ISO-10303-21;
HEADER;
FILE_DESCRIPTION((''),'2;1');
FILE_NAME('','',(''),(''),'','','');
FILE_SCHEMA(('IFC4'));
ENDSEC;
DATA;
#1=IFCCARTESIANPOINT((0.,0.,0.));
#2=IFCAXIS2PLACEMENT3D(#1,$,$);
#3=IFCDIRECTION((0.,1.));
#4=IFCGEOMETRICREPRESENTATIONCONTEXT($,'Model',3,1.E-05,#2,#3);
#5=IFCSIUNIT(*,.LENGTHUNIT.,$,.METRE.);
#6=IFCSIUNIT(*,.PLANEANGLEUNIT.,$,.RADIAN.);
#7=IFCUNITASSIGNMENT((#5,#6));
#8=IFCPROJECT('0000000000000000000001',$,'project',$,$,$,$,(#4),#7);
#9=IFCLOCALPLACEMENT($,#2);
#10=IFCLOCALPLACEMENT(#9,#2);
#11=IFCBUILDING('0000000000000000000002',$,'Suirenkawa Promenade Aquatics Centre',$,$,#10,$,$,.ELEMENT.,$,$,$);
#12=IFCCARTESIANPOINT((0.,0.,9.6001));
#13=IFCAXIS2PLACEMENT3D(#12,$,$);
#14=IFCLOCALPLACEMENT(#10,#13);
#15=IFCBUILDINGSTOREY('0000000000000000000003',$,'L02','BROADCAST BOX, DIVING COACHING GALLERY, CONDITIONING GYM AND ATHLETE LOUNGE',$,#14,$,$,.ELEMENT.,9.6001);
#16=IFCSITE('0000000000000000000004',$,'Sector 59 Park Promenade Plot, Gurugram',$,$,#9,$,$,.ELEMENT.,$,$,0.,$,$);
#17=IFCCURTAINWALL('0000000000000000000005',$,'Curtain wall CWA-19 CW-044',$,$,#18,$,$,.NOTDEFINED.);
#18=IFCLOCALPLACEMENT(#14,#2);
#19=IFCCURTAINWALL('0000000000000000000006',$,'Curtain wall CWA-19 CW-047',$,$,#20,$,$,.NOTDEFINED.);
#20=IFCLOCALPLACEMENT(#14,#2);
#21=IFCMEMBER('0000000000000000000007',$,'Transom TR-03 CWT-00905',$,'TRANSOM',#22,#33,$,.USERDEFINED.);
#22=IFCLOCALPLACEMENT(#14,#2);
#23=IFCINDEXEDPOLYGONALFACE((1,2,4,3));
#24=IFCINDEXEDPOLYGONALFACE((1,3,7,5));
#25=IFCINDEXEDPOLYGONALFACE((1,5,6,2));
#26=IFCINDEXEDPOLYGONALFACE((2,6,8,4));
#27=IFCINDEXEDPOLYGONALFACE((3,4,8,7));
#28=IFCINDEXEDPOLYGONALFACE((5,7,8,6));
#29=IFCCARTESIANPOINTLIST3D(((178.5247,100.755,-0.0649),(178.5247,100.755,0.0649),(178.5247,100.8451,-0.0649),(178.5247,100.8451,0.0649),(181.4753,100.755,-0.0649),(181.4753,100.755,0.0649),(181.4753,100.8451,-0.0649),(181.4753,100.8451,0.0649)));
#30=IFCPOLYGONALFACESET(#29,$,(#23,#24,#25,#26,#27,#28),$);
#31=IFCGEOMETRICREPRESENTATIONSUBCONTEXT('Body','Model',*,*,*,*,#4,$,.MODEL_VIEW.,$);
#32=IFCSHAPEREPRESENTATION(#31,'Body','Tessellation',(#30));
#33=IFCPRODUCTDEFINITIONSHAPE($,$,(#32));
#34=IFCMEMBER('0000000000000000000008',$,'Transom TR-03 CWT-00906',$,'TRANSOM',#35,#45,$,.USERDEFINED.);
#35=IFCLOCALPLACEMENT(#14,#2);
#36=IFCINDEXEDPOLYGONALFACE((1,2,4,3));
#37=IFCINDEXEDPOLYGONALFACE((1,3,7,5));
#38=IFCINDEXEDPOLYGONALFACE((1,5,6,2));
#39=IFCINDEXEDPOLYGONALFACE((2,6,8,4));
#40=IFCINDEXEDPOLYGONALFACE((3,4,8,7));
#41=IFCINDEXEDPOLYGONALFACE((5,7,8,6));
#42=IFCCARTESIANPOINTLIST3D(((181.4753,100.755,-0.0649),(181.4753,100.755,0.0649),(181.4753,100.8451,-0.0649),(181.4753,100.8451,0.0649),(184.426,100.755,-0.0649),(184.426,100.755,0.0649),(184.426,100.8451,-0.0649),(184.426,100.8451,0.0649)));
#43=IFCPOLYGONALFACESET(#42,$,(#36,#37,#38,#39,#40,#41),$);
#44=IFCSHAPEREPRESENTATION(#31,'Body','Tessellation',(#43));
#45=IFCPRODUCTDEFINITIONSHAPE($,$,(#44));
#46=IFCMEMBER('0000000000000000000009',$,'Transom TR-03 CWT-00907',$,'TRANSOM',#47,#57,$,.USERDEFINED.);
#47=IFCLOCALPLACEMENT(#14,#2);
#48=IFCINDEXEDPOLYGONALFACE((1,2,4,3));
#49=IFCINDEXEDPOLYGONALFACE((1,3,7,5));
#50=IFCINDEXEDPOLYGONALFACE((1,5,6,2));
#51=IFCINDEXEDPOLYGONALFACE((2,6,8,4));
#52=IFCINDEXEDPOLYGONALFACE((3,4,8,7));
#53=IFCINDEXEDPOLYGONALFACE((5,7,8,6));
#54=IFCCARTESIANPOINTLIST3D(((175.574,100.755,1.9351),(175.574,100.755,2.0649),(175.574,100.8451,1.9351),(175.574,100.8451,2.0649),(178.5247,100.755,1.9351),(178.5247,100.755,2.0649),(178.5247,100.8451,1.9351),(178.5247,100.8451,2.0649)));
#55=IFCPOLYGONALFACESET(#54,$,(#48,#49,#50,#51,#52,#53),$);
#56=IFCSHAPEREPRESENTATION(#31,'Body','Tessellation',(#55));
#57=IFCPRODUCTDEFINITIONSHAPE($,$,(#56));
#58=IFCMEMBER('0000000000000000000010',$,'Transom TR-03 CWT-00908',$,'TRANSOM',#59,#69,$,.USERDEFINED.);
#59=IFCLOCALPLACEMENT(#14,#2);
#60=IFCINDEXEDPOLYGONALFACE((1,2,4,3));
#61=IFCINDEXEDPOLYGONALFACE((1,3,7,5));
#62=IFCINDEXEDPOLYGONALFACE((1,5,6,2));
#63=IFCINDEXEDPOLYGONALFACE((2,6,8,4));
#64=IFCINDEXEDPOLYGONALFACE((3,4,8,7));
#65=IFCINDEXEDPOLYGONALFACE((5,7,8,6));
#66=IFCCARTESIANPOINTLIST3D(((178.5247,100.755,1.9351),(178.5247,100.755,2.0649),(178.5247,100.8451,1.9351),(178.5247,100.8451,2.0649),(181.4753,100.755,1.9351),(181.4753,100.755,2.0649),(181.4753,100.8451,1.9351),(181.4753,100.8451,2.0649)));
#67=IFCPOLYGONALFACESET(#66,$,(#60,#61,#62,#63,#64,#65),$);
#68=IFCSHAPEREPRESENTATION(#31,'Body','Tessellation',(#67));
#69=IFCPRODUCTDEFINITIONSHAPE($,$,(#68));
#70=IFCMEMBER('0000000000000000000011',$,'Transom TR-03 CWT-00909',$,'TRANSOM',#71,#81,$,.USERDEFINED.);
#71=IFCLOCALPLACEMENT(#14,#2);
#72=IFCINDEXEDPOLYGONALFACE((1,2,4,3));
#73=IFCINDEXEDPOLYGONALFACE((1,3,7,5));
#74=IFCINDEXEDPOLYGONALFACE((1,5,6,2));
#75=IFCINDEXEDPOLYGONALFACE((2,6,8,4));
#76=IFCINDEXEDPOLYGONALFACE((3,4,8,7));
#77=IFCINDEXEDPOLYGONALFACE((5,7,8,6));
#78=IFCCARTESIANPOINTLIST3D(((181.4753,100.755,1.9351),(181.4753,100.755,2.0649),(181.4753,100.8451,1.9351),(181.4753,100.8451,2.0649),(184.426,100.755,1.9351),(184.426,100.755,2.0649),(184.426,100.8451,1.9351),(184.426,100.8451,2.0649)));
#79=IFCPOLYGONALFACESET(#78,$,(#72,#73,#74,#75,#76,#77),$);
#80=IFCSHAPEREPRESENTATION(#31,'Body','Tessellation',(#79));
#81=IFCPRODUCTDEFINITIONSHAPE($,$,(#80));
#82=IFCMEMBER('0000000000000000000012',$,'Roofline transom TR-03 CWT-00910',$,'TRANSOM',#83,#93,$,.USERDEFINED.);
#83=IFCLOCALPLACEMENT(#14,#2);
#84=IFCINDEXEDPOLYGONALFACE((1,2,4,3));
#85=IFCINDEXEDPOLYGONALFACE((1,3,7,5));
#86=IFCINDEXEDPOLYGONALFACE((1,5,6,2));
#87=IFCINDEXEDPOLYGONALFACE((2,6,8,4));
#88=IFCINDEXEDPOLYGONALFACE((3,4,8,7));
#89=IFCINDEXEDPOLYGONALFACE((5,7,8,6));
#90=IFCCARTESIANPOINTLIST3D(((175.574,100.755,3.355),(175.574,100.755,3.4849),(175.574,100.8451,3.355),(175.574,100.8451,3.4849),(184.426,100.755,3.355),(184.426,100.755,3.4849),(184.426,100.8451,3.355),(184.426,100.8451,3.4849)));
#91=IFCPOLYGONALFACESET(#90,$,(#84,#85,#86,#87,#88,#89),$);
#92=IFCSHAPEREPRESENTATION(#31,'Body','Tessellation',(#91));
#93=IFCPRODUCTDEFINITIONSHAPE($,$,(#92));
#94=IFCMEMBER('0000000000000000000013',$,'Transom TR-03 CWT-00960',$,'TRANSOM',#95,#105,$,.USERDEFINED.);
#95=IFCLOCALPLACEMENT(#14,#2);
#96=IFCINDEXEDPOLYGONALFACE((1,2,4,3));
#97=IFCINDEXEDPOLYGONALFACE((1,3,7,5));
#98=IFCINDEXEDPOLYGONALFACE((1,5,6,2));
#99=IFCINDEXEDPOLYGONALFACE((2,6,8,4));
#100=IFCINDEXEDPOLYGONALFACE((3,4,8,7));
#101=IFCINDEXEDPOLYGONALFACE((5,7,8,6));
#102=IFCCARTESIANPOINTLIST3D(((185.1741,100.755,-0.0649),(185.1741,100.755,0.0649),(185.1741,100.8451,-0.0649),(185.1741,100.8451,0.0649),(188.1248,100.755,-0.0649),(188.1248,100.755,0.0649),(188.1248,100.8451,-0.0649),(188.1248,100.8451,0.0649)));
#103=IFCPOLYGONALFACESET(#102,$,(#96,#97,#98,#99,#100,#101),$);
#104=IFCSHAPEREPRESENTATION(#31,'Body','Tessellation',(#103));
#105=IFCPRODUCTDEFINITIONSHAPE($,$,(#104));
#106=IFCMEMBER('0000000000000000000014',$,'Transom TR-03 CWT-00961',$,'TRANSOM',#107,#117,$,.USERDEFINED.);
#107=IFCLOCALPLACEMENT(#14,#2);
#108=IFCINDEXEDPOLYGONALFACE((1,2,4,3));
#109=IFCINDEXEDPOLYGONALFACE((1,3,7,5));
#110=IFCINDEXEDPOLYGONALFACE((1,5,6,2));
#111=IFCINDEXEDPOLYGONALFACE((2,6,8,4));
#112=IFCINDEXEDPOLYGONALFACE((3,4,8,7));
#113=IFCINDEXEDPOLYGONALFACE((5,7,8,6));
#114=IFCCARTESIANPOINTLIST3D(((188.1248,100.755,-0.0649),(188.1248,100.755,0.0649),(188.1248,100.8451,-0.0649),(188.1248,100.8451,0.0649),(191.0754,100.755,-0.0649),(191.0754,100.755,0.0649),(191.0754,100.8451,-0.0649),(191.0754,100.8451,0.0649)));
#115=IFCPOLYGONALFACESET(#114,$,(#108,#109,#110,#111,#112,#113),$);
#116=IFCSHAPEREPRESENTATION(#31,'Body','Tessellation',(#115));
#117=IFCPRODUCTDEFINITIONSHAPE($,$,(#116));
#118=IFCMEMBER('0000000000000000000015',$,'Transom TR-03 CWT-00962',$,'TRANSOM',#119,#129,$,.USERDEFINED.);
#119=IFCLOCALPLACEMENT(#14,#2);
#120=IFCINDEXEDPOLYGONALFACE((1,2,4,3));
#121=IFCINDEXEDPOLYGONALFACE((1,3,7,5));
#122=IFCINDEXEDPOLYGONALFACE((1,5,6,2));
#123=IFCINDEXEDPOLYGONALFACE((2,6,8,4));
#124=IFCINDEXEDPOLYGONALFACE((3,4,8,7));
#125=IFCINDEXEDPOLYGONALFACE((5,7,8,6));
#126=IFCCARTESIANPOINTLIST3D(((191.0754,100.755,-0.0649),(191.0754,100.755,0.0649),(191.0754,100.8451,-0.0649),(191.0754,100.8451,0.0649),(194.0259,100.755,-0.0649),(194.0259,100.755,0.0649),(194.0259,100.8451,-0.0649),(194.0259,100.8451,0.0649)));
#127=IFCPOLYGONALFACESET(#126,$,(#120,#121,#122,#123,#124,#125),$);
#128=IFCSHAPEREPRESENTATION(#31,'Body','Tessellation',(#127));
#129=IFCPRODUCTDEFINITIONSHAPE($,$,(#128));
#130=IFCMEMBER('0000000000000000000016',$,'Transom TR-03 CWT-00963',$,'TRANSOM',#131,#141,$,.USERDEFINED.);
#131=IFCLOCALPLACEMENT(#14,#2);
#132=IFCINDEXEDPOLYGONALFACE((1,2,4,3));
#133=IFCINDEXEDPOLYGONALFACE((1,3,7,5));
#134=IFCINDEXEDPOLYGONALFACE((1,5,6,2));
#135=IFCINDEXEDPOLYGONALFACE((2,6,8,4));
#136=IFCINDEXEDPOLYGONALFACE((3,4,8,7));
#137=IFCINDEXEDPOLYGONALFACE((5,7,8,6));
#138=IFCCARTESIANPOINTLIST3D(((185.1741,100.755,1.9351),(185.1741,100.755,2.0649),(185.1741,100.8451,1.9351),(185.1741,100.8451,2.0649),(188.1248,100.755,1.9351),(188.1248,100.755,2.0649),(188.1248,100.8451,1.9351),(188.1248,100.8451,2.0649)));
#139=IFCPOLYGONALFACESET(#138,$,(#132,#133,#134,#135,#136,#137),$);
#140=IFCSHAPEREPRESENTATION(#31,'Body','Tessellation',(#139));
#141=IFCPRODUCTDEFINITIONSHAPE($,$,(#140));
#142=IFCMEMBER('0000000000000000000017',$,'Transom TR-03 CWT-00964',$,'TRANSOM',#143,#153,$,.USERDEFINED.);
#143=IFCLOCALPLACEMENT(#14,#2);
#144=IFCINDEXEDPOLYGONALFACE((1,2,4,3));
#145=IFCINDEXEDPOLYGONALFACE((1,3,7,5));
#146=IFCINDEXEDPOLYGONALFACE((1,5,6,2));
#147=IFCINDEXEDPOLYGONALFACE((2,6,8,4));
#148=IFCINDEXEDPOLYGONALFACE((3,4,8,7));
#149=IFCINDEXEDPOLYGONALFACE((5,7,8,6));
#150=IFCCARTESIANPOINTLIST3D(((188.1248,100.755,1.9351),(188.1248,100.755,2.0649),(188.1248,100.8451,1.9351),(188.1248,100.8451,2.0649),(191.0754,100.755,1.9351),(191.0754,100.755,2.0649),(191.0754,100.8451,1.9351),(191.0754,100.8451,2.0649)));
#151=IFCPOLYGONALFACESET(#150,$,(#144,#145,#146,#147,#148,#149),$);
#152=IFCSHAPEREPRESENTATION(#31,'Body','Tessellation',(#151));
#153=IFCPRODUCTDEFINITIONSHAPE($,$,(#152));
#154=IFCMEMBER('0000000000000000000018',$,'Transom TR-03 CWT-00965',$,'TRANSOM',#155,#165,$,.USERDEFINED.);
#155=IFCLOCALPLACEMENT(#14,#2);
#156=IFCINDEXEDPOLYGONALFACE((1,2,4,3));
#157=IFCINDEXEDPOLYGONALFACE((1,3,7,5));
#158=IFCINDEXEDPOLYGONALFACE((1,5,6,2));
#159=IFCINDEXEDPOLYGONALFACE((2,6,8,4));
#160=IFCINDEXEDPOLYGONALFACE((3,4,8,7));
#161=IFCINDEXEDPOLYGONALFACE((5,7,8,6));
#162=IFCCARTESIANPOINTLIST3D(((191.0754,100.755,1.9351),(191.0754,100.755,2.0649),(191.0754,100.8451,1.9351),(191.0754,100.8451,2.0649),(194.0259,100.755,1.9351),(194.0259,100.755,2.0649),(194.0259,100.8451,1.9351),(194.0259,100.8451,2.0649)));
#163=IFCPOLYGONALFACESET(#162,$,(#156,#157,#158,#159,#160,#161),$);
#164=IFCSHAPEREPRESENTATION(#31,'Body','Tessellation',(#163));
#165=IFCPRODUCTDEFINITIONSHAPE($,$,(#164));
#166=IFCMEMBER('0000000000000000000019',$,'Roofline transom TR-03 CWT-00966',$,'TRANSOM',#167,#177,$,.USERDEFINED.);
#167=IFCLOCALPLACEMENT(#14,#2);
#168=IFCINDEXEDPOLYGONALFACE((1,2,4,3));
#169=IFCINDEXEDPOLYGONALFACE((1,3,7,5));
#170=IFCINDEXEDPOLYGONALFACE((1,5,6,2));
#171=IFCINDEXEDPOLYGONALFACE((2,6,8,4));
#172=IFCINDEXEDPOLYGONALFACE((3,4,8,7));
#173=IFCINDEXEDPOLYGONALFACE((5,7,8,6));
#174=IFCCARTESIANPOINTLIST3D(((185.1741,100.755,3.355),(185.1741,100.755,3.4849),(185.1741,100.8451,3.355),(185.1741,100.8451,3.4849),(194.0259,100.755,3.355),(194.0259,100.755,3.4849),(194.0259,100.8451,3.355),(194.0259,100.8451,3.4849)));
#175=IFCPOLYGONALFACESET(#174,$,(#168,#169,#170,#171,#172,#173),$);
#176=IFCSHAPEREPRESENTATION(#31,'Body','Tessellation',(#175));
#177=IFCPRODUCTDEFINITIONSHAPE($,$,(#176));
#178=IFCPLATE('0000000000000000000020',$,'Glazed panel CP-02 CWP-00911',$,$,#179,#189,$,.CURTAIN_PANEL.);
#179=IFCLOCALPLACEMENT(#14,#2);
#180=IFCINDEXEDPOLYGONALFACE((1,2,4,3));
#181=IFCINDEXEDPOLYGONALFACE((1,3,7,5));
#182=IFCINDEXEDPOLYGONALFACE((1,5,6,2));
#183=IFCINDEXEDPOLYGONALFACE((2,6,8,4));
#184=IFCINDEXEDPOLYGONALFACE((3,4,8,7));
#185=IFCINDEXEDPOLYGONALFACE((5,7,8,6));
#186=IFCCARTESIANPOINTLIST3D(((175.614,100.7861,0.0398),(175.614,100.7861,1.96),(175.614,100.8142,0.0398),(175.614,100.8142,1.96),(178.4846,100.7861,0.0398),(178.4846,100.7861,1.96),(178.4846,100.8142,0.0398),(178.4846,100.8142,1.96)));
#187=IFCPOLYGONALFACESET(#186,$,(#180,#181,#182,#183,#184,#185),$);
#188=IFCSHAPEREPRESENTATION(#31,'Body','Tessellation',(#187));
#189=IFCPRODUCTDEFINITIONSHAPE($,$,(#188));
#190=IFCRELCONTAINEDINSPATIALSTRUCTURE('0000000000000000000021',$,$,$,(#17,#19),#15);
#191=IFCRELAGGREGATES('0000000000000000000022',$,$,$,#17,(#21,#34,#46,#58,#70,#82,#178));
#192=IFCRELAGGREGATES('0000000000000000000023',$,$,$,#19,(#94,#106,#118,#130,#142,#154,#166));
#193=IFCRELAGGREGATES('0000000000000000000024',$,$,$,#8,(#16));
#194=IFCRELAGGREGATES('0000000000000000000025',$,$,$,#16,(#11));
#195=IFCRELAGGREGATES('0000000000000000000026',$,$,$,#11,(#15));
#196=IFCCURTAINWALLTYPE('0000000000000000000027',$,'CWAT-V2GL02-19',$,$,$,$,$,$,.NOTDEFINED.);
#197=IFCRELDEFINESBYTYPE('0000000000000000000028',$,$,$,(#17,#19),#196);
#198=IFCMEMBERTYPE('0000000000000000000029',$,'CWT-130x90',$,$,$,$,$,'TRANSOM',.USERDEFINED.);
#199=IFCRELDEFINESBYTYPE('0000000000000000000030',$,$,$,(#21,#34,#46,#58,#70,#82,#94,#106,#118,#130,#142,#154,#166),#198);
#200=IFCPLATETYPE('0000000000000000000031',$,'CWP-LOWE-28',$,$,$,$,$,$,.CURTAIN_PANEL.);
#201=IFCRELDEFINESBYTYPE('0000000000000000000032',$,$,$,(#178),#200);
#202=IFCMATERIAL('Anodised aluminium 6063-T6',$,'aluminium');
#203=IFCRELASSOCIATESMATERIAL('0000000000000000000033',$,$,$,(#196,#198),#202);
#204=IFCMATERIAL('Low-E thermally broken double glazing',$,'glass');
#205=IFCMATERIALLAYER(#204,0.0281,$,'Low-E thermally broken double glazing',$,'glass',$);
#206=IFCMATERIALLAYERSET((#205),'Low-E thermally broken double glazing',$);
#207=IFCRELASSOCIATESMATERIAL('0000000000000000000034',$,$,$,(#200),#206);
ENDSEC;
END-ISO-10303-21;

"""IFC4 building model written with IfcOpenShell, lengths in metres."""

from ifc_helpers import new_model, si_unit, direction, frame, origin, origin_2d, place, context, subcontext, project, spatial, polyline, rectangle, outline, extrude, material, layer, layer_set, material_profile, profile_set, type_object, element, aggregate, save


model = new_model("IFC4")

# Units and contexts
model_context = context("Model", 3, precision=1e-05, world=origin(), true_north=direction((0.0, 1.0)))
body_context = subcontext(model_context, "Body", "Model", "MODEL_VIEW")
ifc_project = project(units=[si_unit("LENGTHUNIT", "METRE"), si_unit("PLANEANGLEUNIT", "RADIAN")], contexts=[model_context])

# Site, building, storey
site_placement = place(None, origin())
site = spatial("IfcSite", under=ifc_project, at=site_placement, Name="Sector 59 Park Promenade Plot, Gurugram", CompositionType="ELEMENT", RefElevation=0.0)
building_placement = place(site_placement, origin())
building = spatial("IfcBuilding", under=site, at=building_placement, Name="Suirenkawa Promenade Aquatics Centre", CompositionType="ELEMENT")
storey_placement = place(building_placement, frame((0.0, 0.0, 9.6001)))
storey = spatial("IfcBuildingStorey", under=building, at=storey_placement, Name="L02", Description="BROADCAST BOX, DIVING COACHING GALLERY, CONDITIONING GYM AND ATHLETE LOUNGE", CompositionType="ELEMENT", Elevation=9.6001)

# Curtain walls
ifc_material_1 = material(Name="Anodised aluminium 6063-T6", Category="aluminium")
curtain_wall_type = type_object("IfcCurtainWallType", Name="CWAT-V2GL02-19", PredefinedType="NOTDEFINED", material=ifc_material_1)
curtain_wall_1_placement = place(storey_placement, origin())
curtain_wall_1 = element("IfcCurtainWall", 1, at=curtain_wall_1_placement, inside=storey, type_object=curtain_wall_type, Name="Curtain wall CWA-19 CW-044", PredefinedType="NOTDEFINED")
curtain_wall_2_placement = place(storey_placement, origin())
curtain_wall_2 = element("IfcCurtainWall", 2, at=curtain_wall_2_placement, inside=storey, type_object=curtain_wall_type, Name="Curtain wall CWA-19 CW-047", PredefinedType="NOTDEFINED")

# Members
ifc_material_profile_1 = material_profile(ifc_material_1, rectangle(XDim=0.0901, YDim=0.1299, at=origin_2d()), Name="ALU TRAN 90x130", Category="aluminium")
ifc_profile_set_1 = profile_set([ifc_material_profile_1], Name="Anodised aluminium 6063-T6")
member_type_1 = type_object("IfcMemberType", Name="CWT-130x90", ElementType="TRANSOM", PredefinedType="USERDEFINED", material=ifc_profile_set_1)
member_1_placement = place(storey_placement, frame((178.5247, 100.8, 0.0), z_axis=(1.0, 0.0, 0.0), x_axis=(0.0, 1.0, 0.0)))
member_1 = element("IfcMember", 3, at=member_1_placement, type_object=member_type_1, Name="Transom TR-03 CWT-00905", ObjectType="TRANSOM", PredefinedType="USERDEFINED", context=body_context, shape_type="SweptSolid", body=[
    extrude(rectangle(XDim=0.0901, YDim=0.1299, at=origin_2d()), origin(), (0.0, 0.0, 1.0), 2.9507),
])
member_2_placement = place(storey_placement, frame((181.4753, 100.8, 0.0), z_axis=(1.0, 0.0, 0.0), x_axis=(0.0, 1.0, 0.0)))
member_2 = element("IfcMember", 4, at=member_2_placement, type_object=member_type_1, Name="Transom TR-03 CWT-00906", ObjectType="TRANSOM", PredefinedType="USERDEFINED", context=body_context, shape_type="SweptSolid", body=[
    extrude(rectangle(XDim=0.0901, YDim=0.1299, at=origin_2d()), origin(), (0.0, 0.0, 1.0), 2.9507),
])
member_3_placement = place(storey_placement, frame((175.574, 100.8, 2.0), z_axis=(1.0, 0.0, 0.0), x_axis=(0.0, 1.0, 0.0)))
member_3 = element("IfcMember", 5, at=member_3_placement, type_object=member_type_1, Name="Transom TR-03 CWT-00907", ObjectType="TRANSOM", PredefinedType="USERDEFINED", context=body_context, shape_type="SweptSolid", body=[
    extrude(rectangle(XDim=0.0901, YDim=0.1299, at=origin_2d()), origin(), (0.0, 0.0, 1.0), 2.9507),
])
member_4_placement = place(storey_placement, frame((178.5247, 100.8, 2.0), z_axis=(1.0, 0.0, 0.0), x_axis=(0.0, 1.0, 0.0)))
member_4 = element("IfcMember", 6, at=member_4_placement, type_object=member_type_1, Name="Transom TR-03 CWT-00908", ObjectType="TRANSOM", PredefinedType="USERDEFINED", context=body_context, shape_type="SweptSolid", body=[
    extrude(rectangle(XDim=0.0901, YDim=0.1299, at=origin_2d()), origin(), (0.0, 0.0, 1.0), 2.9507),
])
member_5_placement = place(storey_placement, frame((181.4753, 100.8, 2.0), z_axis=(1.0, 0.0, 0.0), x_axis=(0.0, 1.0, 0.0)))
member_5 = element("IfcMember", 7, at=member_5_placement, type_object=member_type_1, Name="Transom TR-03 CWT-00909", ObjectType="TRANSOM", PredefinedType="USERDEFINED", context=body_context, shape_type="SweptSolid", body=[
    extrude(rectangle(XDim=0.0901, YDim=0.1299, at=origin_2d()), origin(), (0.0, 0.0, 1.0), 2.9507),
])
member_6_placement = place(storey_placement, frame((175.574, 100.8, 3.4199), z_axis=(1.0, 0.0, 0.0), x_axis=(0.0, 1.0, 0.0)))
member_6 = element("IfcMember", 8, at=member_6_placement, type_object=member_type_1, Name="Roofline transom TR-03 CWT-00910", ObjectType="TRANSOM", PredefinedType="USERDEFINED", context=body_context, shape_type="SweptSolid", body=[
    extrude(rectangle(XDim=0.0901, YDim=0.1299, at=origin_2d()), origin(), (0.0, 0.0, 1.0), 8.8521),
])
member_7_placement = place(storey_placement, frame((185.1741, 100.8, 0.0), z_axis=(1.0, 0.0, 0.0), x_axis=(0.0, 1.0, 0.0)))
member_7 = element("IfcMember", 9, at=member_7_placement, type_object=member_type_1, Name="Transom TR-03 CWT-00960", ObjectType="TRANSOM", PredefinedType="USERDEFINED", context=body_context, shape_type="SweptSolid", body=[
    extrude(rectangle(XDim=0.0901, YDim=0.1299, at=origin_2d()), origin(), (0.0, 0.0, 1.0), 2.9507),
])
member_8_placement = place(storey_placement, frame((188.1248, 100.8, 0.0), z_axis=(1.0, 0.0, 0.0), x_axis=(0.0, 1.0, 0.0)))
member_8 = element("IfcMember", 10, at=member_8_placement, type_object=member_type_1, Name="Transom TR-03 CWT-00961", ObjectType="TRANSOM", PredefinedType="USERDEFINED", context=body_context, shape_type="SweptSolid", body=[
    extrude(rectangle(XDim=0.0901, YDim=0.1299, at=origin_2d()), origin(), (0.0, 0.0, 1.0), 2.9507),
])
member_9_placement = place(storey_placement, frame((191.0754, 100.8, 0.0), z_axis=(1.0, 0.0, 0.0), x_axis=(0.0, 1.0, 0.0)))
member_9 = element("IfcMember", 11, at=member_9_placement, type_object=member_type_1, Name="Transom TR-03 CWT-00962", ObjectType="TRANSOM", PredefinedType="USERDEFINED", context=body_context, shape_type="SweptSolid", body=[
    extrude(rectangle(XDim=0.0901, YDim=0.1299, at=origin_2d()), origin(), (0.0, 0.0, 1.0), 2.9504),
])
member_10_placement = place(storey_placement, frame((185.1741, 100.8, 2.0), z_axis=(1.0, 0.0, 0.0), x_axis=(0.0, 1.0, 0.0)))
member_10 = element("IfcMember", 12, at=member_10_placement, type_object=member_type_1, Name="Transom TR-03 CWT-00963", ObjectType="TRANSOM", PredefinedType="USERDEFINED", context=body_context, shape_type="SweptSolid", body=[
    extrude(rectangle(XDim=0.0901, YDim=0.1299, at=origin_2d()), origin(), (0.0, 0.0, 1.0), 2.9507),
])
member_11_placement = place(storey_placement, frame((188.1248, 100.8, 2.0), z_axis=(1.0, 0.0, 0.0), x_axis=(0.0, 1.0, 0.0)))
member_11 = element("IfcMember", 13, at=member_11_placement, type_object=member_type_1, Name="Transom TR-03 CWT-00964", ObjectType="TRANSOM", PredefinedType="USERDEFINED", context=body_context, shape_type="SweptSolid", body=[
    extrude(rectangle(XDim=0.0901, YDim=0.1299, at=origin_2d()), origin(), (0.0, 0.0, 1.0), 2.9507),
])
member_12_placement = place(storey_placement, frame((191.0754, 100.8, 2.0), z_axis=(1.0, 0.0, 0.0), x_axis=(0.0, 1.0, 0.0)))
member_12 = element("IfcMember", 14, at=member_12_placement, type_object=member_type_1, Name="Transom TR-03 CWT-00965", ObjectType="TRANSOM", PredefinedType="USERDEFINED", context=body_context, shape_type="SweptSolid", body=[
    extrude(rectangle(XDim=0.0901, YDim=0.1299, at=origin_2d()), origin(), (0.0, 0.0, 1.0), 2.9504),
])
member_13_placement = place(storey_placement, frame((185.1741, 100.8, 3.4199), z_axis=(1.0, 0.0, 0.0), x_axis=(0.0, 1.0, 0.0)))
member_13 = element("IfcMember", 15, at=member_13_placement, type_object=member_type_1, Name="Roofline transom TR-03 CWT-00966", ObjectType="TRANSOM", PredefinedType="USERDEFINED", context=body_context, shape_type="SweptSolid", body=[
    extrude(rectangle(XDim=0.0901, YDim=0.1299, at=origin_2d()), origin(), (0.0, 0.0, 1.0), 8.8518),
])

# Plate
ifc_material_2 = material(Name="Low-E thermally broken double glazing", Category="glass")
ifc_layer = layer(ifc_material_2, 0.0281, Name="Low-E thermally broken double glazing", Category="glass")
ifc_layer_set = layer_set([ifc_layer], Name="Low-E thermally broken double glazing")
plate_type = type_object("IfcPlateType", Name="CWP-LOWE-28", PredefinedType="CURTAIN_PANEL", material=ifc_layer_set)
plate_1_placement = place(storey_placement, frame((175.574, 100.8, 0.0398), z_axis=(0.0, 0.0, 1.0), x_axis=(1.0, 0.0, 0.0)))
plate_1 = element("IfcPlate", 16, at=plate_1_placement, type_object=plate_type, Name="Glazed panel CP-02 CWP-00911", PredefinedType="CURTAIN_PANEL", context=body_context, shape_type="SweptSolid", body=[
    extrude(outline(polyline([(0.04, 0.0), (2.9106, 0.0), (2.9106, 1.9202), (0.04, 1.9202), (0.04, 0.0)])), frame((0.0, 0.0142, 0.0), z_axis=(0.0, -1.0, 0.0), x_axis=(1.0, 0.0, 0.0)), (0.0, 0.0, 1.0), 0.0281),
])
aggregate(curtain_wall_1, [member_1, member_2, member_3, member_4, member_5, member_6, plate_1])
aggregate(curtain_wall_2, [member_7, member_8, member_9, member_10, member_11, member_12, member_13])

save(model, "model.ifc")
